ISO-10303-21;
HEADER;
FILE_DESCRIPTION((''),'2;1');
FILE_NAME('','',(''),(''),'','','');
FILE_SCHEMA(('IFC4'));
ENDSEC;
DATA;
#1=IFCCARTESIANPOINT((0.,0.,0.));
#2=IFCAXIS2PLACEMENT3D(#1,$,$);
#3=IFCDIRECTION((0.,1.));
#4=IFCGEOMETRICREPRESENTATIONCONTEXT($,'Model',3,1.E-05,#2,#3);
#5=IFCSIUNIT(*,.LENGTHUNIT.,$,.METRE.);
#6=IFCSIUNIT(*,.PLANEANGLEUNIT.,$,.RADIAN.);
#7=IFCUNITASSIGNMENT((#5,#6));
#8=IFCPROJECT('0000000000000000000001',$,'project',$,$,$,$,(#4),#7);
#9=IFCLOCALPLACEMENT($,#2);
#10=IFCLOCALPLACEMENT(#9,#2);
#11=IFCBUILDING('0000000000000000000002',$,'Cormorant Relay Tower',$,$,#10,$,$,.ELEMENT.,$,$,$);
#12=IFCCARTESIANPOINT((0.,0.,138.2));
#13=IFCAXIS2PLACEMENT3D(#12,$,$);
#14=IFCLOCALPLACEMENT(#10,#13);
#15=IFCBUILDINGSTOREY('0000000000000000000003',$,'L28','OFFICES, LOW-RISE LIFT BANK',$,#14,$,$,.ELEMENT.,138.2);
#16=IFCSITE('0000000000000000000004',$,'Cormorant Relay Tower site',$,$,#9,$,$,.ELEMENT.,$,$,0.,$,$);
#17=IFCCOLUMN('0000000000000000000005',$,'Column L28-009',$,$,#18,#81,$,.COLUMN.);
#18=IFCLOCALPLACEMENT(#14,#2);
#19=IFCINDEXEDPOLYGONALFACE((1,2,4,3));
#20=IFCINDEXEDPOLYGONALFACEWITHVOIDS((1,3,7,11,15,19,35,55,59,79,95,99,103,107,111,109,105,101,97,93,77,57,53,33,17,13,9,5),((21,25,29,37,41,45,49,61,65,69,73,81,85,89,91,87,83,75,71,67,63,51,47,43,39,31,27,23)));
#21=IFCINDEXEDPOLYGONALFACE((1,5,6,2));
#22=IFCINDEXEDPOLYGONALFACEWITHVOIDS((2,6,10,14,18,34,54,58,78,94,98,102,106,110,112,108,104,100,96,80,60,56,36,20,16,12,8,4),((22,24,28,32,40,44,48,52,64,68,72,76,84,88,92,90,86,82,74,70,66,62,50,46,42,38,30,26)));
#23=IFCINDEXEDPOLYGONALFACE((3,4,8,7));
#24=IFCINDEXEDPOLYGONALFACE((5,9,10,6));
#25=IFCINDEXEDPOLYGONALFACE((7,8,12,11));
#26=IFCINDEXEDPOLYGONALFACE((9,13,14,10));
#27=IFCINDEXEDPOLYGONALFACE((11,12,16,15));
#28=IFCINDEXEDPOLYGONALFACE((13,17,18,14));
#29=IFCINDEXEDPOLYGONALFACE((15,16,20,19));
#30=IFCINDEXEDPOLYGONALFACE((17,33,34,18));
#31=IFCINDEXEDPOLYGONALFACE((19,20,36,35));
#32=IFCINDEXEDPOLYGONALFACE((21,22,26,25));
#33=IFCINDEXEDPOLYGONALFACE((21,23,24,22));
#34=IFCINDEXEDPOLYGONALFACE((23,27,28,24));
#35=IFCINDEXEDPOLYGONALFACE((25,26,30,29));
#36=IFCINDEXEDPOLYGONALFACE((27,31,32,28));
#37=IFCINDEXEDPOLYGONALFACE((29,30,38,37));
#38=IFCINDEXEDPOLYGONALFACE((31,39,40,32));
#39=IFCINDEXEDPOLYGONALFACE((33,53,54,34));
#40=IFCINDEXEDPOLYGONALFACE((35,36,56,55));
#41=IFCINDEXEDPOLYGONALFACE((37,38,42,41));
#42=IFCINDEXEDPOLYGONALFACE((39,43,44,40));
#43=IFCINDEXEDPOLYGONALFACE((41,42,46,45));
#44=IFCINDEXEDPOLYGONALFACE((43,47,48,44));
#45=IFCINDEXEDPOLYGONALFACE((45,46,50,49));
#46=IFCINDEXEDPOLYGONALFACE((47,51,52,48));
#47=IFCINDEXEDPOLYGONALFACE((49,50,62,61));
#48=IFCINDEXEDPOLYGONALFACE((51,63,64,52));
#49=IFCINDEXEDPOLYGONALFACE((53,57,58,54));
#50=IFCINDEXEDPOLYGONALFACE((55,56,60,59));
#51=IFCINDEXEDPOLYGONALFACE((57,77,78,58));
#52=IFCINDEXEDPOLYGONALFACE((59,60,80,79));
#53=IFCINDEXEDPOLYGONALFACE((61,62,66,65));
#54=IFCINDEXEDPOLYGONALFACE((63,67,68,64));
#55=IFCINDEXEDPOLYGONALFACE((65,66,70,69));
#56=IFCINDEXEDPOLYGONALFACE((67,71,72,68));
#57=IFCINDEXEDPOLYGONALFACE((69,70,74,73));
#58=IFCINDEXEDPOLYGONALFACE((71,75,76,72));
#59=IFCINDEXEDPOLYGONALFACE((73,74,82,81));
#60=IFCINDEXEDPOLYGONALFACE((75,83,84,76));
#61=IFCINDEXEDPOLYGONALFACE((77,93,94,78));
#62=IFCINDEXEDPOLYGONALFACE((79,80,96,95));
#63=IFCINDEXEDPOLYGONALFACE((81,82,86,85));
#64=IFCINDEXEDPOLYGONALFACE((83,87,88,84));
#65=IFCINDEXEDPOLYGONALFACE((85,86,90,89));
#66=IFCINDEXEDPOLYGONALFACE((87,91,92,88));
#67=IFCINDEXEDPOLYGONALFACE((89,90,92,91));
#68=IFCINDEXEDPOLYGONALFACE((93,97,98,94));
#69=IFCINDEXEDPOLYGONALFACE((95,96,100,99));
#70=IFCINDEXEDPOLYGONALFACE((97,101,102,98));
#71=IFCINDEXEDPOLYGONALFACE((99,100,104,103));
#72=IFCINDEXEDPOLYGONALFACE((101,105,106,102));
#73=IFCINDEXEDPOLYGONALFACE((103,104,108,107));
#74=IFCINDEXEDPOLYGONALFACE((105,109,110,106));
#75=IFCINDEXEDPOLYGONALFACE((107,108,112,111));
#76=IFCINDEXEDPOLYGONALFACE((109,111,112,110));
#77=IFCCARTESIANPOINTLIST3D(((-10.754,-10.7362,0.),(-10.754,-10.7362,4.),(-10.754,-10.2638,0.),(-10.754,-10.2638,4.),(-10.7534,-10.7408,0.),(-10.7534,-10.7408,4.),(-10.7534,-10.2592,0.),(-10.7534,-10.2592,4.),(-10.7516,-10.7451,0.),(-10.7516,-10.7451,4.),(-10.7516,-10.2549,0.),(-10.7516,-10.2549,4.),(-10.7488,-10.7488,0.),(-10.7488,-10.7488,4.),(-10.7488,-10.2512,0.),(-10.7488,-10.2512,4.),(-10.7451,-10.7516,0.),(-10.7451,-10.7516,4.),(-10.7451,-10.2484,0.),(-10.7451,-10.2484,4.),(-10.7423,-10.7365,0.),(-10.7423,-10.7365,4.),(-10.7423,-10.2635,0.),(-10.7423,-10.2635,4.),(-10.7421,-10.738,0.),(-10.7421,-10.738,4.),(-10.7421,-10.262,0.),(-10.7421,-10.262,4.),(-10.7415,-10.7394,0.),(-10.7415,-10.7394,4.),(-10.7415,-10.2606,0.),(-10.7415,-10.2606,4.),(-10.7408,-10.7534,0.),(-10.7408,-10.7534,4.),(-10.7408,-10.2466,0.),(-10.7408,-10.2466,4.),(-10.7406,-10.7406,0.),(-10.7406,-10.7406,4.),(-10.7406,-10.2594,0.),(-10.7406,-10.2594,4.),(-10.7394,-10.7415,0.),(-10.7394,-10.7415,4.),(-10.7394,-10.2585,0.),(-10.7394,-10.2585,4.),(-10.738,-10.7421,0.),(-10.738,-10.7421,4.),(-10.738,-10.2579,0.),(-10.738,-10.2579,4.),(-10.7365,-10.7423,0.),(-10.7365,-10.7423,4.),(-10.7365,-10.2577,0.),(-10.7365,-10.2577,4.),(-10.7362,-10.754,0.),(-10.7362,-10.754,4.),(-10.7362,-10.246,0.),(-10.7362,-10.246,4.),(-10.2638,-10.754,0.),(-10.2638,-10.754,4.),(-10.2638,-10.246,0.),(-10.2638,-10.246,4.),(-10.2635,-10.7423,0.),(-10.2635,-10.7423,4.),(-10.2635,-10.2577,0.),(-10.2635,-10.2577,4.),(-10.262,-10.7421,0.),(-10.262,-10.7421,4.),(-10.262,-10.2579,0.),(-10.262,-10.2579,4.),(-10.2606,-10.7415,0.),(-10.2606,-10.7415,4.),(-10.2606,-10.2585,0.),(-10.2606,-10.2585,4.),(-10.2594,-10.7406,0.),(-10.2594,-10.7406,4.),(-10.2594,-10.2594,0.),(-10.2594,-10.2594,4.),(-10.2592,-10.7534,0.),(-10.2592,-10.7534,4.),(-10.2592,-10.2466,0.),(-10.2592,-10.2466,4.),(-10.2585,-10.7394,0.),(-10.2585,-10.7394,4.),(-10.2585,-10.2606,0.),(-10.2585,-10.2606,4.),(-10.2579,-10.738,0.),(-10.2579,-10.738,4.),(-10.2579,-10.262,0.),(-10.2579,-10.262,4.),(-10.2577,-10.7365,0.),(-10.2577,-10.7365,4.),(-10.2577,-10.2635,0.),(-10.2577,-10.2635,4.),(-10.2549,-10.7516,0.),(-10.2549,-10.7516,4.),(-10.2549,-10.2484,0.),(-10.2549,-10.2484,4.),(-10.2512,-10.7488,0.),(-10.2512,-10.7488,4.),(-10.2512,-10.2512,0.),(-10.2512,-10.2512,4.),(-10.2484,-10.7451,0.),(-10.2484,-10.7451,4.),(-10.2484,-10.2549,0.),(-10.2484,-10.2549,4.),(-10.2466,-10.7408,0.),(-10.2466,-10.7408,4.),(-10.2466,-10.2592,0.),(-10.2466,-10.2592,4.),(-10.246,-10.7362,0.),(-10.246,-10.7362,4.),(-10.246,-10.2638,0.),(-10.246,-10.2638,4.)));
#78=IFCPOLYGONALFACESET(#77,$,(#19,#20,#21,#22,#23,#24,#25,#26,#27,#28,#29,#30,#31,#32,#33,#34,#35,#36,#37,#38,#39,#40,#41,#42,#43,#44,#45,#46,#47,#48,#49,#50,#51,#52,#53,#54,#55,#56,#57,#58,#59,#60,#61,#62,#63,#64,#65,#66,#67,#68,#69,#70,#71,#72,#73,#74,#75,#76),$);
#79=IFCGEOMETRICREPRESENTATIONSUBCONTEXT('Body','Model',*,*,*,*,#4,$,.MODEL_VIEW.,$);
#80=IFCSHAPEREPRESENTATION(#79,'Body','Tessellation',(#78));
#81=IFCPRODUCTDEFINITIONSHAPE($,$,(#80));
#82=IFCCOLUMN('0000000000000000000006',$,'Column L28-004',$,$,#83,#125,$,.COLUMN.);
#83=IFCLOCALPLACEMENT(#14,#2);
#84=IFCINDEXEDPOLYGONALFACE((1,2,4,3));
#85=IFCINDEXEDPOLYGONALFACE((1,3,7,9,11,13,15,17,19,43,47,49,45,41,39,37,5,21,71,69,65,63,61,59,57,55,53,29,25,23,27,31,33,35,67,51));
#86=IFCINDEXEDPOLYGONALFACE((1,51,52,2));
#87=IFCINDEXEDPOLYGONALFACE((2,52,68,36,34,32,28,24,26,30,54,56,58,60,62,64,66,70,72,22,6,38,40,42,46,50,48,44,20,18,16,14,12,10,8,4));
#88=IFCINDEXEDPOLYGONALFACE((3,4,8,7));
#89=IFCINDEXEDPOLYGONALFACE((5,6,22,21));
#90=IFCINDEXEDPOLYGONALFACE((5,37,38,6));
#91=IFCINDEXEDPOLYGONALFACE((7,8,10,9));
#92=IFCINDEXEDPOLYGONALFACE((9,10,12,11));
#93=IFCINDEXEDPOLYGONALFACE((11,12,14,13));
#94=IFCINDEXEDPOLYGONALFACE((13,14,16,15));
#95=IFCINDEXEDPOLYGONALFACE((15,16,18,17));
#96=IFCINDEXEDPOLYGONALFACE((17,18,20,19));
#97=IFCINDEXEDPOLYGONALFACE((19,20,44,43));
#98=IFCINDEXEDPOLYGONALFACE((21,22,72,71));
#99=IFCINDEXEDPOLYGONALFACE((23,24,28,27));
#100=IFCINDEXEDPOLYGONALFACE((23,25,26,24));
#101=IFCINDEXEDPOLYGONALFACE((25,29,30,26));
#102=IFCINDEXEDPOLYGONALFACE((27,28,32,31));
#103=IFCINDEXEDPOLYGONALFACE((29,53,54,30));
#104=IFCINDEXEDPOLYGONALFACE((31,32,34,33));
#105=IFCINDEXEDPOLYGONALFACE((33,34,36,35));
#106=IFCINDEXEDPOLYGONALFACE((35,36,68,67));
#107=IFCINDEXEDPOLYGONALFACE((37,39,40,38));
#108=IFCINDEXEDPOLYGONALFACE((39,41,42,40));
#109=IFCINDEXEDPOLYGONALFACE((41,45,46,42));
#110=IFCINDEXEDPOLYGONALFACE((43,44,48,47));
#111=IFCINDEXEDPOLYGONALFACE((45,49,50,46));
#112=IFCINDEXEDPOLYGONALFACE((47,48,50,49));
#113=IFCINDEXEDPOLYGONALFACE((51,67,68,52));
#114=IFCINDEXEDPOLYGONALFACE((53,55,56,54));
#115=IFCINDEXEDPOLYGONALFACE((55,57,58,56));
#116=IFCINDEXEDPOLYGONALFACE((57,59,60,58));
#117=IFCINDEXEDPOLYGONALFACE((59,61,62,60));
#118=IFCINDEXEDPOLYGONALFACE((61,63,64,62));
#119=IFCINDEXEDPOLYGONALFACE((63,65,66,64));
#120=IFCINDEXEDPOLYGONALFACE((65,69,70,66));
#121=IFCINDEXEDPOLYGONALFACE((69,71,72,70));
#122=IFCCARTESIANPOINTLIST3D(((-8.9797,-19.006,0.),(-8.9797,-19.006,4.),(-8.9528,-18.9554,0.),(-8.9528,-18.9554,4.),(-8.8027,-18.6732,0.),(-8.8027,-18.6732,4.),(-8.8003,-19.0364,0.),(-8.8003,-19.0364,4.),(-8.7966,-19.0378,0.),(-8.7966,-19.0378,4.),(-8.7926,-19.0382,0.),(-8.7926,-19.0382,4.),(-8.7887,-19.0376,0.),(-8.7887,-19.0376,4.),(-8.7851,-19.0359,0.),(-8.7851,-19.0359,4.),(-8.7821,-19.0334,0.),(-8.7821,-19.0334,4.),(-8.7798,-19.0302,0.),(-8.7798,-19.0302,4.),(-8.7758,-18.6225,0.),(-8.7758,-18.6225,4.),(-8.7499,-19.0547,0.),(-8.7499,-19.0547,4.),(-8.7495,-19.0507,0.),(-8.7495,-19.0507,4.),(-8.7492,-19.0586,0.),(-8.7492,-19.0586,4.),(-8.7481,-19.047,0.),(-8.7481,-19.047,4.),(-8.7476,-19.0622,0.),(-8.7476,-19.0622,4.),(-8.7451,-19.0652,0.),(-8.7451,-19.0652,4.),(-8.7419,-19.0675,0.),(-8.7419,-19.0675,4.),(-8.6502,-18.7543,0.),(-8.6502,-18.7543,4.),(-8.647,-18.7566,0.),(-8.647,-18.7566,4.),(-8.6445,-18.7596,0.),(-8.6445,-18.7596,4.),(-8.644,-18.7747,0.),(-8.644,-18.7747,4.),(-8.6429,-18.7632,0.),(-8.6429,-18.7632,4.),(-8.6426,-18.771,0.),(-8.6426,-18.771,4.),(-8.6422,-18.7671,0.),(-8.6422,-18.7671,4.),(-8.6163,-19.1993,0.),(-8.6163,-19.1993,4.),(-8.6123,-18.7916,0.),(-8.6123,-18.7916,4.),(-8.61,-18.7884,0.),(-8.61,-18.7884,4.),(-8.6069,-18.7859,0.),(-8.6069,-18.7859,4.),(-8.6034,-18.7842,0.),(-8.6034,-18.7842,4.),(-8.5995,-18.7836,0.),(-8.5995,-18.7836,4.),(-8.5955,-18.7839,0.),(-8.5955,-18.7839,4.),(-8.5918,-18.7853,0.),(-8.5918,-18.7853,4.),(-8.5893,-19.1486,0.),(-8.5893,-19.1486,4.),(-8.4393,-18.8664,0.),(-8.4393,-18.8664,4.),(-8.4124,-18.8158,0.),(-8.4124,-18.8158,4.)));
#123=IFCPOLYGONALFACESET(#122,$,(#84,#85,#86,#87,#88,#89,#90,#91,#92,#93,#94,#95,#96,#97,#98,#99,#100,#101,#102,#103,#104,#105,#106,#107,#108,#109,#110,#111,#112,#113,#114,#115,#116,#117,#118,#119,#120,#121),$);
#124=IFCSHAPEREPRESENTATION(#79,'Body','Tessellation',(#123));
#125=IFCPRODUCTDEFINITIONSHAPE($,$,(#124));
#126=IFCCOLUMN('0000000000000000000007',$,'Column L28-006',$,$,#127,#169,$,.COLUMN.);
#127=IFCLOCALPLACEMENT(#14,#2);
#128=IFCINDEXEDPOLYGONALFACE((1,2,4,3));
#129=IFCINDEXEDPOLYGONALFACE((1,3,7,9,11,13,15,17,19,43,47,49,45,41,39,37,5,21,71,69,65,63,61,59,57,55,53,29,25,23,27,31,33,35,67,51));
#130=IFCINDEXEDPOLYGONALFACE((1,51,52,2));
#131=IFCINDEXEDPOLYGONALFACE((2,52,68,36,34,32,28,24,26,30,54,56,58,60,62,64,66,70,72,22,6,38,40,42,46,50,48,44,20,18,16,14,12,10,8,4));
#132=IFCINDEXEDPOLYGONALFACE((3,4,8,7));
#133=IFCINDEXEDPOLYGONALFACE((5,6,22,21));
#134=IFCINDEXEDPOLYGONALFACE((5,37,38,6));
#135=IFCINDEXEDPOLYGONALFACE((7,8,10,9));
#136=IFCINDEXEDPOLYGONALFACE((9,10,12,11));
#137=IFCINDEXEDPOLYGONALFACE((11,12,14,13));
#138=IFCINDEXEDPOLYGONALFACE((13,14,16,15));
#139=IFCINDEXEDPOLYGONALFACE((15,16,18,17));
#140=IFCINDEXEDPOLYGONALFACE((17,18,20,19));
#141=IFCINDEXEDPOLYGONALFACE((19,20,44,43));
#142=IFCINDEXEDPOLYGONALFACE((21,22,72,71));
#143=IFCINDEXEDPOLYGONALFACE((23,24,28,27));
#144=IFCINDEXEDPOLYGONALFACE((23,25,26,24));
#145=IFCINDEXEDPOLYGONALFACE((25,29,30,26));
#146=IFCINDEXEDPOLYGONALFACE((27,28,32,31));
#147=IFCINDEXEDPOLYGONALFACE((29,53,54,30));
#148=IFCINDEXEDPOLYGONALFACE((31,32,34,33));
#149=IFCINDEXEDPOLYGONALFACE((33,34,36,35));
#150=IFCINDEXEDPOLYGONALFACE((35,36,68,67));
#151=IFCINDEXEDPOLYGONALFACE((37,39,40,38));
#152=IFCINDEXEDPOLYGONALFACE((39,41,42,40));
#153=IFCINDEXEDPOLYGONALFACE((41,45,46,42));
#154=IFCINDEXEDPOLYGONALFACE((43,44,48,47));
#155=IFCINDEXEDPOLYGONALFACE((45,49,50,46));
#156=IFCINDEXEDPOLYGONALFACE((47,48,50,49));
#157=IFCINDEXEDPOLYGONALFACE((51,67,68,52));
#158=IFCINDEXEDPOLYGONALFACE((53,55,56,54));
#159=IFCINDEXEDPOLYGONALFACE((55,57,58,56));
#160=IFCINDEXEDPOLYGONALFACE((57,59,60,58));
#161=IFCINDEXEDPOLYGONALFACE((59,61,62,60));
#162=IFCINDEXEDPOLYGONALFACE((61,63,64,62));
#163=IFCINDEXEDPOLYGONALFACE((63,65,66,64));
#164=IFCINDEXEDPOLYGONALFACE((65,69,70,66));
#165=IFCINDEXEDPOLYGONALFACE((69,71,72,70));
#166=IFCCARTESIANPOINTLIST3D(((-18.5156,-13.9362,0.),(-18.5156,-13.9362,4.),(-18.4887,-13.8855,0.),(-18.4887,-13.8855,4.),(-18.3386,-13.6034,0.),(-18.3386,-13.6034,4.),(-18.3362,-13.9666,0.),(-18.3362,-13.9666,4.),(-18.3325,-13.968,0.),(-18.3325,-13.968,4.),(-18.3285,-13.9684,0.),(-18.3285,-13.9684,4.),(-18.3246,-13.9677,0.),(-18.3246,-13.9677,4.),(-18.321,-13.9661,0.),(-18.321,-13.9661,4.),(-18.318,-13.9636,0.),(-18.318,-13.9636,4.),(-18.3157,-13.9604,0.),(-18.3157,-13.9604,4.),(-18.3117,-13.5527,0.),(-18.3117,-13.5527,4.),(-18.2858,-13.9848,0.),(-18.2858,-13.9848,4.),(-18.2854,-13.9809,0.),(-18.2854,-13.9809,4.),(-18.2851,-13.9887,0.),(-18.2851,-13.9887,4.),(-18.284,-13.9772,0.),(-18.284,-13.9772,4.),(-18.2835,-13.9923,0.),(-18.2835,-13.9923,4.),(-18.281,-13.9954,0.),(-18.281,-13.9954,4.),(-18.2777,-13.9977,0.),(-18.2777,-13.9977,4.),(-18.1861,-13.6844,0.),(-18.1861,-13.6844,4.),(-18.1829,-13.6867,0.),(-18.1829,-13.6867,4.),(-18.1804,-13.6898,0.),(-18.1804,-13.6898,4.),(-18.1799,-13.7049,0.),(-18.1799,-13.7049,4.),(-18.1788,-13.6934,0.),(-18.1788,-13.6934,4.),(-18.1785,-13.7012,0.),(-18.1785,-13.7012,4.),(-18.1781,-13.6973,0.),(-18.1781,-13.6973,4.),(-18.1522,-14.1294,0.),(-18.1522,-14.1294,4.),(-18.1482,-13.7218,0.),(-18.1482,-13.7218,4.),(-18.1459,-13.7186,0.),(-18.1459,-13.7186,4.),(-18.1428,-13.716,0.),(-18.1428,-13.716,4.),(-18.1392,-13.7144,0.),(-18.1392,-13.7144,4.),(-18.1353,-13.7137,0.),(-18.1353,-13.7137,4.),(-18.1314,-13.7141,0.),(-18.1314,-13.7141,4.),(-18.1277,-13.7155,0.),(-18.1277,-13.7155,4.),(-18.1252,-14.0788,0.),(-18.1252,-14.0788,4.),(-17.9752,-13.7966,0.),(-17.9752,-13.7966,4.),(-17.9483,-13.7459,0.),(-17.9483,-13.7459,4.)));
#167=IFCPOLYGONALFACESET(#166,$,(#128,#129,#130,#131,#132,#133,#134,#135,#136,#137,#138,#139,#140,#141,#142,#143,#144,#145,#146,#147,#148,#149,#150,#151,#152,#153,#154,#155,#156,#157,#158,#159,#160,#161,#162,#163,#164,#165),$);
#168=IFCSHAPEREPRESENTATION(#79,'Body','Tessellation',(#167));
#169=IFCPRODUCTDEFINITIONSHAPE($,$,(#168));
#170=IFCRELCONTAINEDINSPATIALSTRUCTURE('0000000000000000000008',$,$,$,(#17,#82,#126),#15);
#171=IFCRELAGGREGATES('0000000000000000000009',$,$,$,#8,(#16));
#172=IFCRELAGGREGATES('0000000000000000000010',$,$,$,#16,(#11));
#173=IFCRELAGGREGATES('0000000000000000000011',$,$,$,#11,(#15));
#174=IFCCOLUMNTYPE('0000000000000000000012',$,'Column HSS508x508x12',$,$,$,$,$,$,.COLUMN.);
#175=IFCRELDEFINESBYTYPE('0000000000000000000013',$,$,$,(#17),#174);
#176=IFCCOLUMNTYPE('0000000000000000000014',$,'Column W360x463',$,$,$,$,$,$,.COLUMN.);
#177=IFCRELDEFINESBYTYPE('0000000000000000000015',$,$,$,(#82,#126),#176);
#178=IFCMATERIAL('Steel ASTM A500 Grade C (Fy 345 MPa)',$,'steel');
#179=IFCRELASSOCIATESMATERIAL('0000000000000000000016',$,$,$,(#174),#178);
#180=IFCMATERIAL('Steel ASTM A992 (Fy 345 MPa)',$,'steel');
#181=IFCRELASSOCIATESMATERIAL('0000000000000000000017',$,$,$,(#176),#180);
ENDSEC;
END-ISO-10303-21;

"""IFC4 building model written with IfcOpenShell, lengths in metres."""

from ifc_helpers import new_model, si_unit, direction, frame, origin, origin_2d, place, context, subcontext, project, spatial, hollow_rectangle, i_section, extrude, material, material_profile, profile_set, type_object, element, save


model = new_model("IFC4")

# Units and contexts
model_context = context("Model", 3, precision=1e-05, world=origin(), true_north=direction((0.0, 1.0)))
body_context = subcontext(model_context, "Body", "Model", "MODEL_VIEW")
ifc_project = project(units=[si_unit("LENGTHUNIT", "METRE"), si_unit("PLANEANGLEUNIT", "RADIAN")], contexts=[model_context])

# Site, building, storey
site_placement = place(None, origin())
site = spatial("IfcSite", under=ifc_project, at=site_placement, Name="Cormorant Relay Tower site", CompositionType="ELEMENT", RefElevation=0.0)
building_placement = place(site_placement, origin())
building = spatial("IfcBuilding", under=site, at=building_placement, Name="Cormorant Relay Tower", CompositionType="ELEMENT")
storey_placement = place(building_placement, frame((0.0, 0.0, 138.2)))
storey = spatial("IfcBuildingStorey", under=building, at=storey_placement, Name="L28", Description="OFFICES, LOW-RISE LIFT BANK", CompositionType="ELEMENT", Elevation=138.2)

# Columns
ifc_material_1 = material(Name="Steel ASTM A500 Grade C (Fy 345 MPa)", Category="steel")
ifc_material_profile_1 = material_profile(ifc_material_1, hollow_rectangle(XDim=0.5081, YDim=0.5081, WallThickness=0.0117, InnerFilletRadius=0.0059, OuterFilletRadius=0.0178, at=origin_2d()), Name="HSS508x508x12")
ifc_profile_set_1 = profile_set([ifc_material_profile_1], Name="Steel ASTM A500 Grade C (Fy 345 MPa)")
column_type_1 = type_object("IfcColumnType", Name="Column HSS508x508x12", PredefinedType="COLUMN", material=ifc_profile_set_1)
column_1_placement = place(storey_placement, frame((-10.5, -10.5, 0.0), z_axis=(0.0, 0.0, 1.0), x_axis=(1.0, 0.0, 0.0)))
element("IfcColumn", 1, at=column_1_placement, inside=storey, type_object=column_type_1, Name="Column L28-009", PredefinedType="COLUMN", context=body_context, shape_type="SweptSolid", body=[
    extrude(hollow_rectangle(XDim=0.5081, YDim=0.5081, WallThickness=0.0117, InnerFilletRadius=0.0059, OuterFilletRadius=0.0178, at=origin_2d()), origin(), (0.0, 0.0, 1.0), 4.0),
])
ifc_material_2 = material(Name="Steel ASTM A992 (Fy 345 MPa)", Category="steel")
ifc_material_profile_2 = material_profile(ifc_material_2, i_section(OverallWidth=0.4116, OverallDepth=0.4343, WebThickness=0.0359, FlangeThickness=0.0574, FilletRadius=0.0151, at=origin_2d()), Name="W360x463")
ifc_profile_set_2 = profile_set([ifc_material_profile_2], Name="Steel ASTM A992 (Fy 345 MPa)")
column_type_2 = type_object("IfcColumnType", Name="Column W360x463", PredefinedType="COLUMN", material=ifc_profile_set_2)
for number, where, z_axis, x_axis, name in (
    (2, (-8.696, -18.9109, 0.0), (0.0, 0.0, 1.0), (0.882948, -0.469472, 0.0), "Column L28-004"),
    (3, (-18.2319, -13.8411, 0.0), (0.0, 0.0, 1.0), (0.882948, -0.469472, 0.0), "Column L28-006"),
):
    element("IfcColumn", number, at=place(storey_placement, frame(where, z_axis=z_axis, x_axis=x_axis)), inside=storey, type_object=column_type_2, Name=name, PredefinedType="COLUMN", context=body_context, shape_type="SweptSolid", body=[
        extrude(i_section(OverallWidth=0.4116, OverallDepth=0.4343, WebThickness=0.0359, FlangeThickness=0.0574, FilletRadius=0.0151, at=origin_2d()), origin(), (0.0, 0.0, 1.0), 4.0),
    ])

save(model, "model.ifc")
